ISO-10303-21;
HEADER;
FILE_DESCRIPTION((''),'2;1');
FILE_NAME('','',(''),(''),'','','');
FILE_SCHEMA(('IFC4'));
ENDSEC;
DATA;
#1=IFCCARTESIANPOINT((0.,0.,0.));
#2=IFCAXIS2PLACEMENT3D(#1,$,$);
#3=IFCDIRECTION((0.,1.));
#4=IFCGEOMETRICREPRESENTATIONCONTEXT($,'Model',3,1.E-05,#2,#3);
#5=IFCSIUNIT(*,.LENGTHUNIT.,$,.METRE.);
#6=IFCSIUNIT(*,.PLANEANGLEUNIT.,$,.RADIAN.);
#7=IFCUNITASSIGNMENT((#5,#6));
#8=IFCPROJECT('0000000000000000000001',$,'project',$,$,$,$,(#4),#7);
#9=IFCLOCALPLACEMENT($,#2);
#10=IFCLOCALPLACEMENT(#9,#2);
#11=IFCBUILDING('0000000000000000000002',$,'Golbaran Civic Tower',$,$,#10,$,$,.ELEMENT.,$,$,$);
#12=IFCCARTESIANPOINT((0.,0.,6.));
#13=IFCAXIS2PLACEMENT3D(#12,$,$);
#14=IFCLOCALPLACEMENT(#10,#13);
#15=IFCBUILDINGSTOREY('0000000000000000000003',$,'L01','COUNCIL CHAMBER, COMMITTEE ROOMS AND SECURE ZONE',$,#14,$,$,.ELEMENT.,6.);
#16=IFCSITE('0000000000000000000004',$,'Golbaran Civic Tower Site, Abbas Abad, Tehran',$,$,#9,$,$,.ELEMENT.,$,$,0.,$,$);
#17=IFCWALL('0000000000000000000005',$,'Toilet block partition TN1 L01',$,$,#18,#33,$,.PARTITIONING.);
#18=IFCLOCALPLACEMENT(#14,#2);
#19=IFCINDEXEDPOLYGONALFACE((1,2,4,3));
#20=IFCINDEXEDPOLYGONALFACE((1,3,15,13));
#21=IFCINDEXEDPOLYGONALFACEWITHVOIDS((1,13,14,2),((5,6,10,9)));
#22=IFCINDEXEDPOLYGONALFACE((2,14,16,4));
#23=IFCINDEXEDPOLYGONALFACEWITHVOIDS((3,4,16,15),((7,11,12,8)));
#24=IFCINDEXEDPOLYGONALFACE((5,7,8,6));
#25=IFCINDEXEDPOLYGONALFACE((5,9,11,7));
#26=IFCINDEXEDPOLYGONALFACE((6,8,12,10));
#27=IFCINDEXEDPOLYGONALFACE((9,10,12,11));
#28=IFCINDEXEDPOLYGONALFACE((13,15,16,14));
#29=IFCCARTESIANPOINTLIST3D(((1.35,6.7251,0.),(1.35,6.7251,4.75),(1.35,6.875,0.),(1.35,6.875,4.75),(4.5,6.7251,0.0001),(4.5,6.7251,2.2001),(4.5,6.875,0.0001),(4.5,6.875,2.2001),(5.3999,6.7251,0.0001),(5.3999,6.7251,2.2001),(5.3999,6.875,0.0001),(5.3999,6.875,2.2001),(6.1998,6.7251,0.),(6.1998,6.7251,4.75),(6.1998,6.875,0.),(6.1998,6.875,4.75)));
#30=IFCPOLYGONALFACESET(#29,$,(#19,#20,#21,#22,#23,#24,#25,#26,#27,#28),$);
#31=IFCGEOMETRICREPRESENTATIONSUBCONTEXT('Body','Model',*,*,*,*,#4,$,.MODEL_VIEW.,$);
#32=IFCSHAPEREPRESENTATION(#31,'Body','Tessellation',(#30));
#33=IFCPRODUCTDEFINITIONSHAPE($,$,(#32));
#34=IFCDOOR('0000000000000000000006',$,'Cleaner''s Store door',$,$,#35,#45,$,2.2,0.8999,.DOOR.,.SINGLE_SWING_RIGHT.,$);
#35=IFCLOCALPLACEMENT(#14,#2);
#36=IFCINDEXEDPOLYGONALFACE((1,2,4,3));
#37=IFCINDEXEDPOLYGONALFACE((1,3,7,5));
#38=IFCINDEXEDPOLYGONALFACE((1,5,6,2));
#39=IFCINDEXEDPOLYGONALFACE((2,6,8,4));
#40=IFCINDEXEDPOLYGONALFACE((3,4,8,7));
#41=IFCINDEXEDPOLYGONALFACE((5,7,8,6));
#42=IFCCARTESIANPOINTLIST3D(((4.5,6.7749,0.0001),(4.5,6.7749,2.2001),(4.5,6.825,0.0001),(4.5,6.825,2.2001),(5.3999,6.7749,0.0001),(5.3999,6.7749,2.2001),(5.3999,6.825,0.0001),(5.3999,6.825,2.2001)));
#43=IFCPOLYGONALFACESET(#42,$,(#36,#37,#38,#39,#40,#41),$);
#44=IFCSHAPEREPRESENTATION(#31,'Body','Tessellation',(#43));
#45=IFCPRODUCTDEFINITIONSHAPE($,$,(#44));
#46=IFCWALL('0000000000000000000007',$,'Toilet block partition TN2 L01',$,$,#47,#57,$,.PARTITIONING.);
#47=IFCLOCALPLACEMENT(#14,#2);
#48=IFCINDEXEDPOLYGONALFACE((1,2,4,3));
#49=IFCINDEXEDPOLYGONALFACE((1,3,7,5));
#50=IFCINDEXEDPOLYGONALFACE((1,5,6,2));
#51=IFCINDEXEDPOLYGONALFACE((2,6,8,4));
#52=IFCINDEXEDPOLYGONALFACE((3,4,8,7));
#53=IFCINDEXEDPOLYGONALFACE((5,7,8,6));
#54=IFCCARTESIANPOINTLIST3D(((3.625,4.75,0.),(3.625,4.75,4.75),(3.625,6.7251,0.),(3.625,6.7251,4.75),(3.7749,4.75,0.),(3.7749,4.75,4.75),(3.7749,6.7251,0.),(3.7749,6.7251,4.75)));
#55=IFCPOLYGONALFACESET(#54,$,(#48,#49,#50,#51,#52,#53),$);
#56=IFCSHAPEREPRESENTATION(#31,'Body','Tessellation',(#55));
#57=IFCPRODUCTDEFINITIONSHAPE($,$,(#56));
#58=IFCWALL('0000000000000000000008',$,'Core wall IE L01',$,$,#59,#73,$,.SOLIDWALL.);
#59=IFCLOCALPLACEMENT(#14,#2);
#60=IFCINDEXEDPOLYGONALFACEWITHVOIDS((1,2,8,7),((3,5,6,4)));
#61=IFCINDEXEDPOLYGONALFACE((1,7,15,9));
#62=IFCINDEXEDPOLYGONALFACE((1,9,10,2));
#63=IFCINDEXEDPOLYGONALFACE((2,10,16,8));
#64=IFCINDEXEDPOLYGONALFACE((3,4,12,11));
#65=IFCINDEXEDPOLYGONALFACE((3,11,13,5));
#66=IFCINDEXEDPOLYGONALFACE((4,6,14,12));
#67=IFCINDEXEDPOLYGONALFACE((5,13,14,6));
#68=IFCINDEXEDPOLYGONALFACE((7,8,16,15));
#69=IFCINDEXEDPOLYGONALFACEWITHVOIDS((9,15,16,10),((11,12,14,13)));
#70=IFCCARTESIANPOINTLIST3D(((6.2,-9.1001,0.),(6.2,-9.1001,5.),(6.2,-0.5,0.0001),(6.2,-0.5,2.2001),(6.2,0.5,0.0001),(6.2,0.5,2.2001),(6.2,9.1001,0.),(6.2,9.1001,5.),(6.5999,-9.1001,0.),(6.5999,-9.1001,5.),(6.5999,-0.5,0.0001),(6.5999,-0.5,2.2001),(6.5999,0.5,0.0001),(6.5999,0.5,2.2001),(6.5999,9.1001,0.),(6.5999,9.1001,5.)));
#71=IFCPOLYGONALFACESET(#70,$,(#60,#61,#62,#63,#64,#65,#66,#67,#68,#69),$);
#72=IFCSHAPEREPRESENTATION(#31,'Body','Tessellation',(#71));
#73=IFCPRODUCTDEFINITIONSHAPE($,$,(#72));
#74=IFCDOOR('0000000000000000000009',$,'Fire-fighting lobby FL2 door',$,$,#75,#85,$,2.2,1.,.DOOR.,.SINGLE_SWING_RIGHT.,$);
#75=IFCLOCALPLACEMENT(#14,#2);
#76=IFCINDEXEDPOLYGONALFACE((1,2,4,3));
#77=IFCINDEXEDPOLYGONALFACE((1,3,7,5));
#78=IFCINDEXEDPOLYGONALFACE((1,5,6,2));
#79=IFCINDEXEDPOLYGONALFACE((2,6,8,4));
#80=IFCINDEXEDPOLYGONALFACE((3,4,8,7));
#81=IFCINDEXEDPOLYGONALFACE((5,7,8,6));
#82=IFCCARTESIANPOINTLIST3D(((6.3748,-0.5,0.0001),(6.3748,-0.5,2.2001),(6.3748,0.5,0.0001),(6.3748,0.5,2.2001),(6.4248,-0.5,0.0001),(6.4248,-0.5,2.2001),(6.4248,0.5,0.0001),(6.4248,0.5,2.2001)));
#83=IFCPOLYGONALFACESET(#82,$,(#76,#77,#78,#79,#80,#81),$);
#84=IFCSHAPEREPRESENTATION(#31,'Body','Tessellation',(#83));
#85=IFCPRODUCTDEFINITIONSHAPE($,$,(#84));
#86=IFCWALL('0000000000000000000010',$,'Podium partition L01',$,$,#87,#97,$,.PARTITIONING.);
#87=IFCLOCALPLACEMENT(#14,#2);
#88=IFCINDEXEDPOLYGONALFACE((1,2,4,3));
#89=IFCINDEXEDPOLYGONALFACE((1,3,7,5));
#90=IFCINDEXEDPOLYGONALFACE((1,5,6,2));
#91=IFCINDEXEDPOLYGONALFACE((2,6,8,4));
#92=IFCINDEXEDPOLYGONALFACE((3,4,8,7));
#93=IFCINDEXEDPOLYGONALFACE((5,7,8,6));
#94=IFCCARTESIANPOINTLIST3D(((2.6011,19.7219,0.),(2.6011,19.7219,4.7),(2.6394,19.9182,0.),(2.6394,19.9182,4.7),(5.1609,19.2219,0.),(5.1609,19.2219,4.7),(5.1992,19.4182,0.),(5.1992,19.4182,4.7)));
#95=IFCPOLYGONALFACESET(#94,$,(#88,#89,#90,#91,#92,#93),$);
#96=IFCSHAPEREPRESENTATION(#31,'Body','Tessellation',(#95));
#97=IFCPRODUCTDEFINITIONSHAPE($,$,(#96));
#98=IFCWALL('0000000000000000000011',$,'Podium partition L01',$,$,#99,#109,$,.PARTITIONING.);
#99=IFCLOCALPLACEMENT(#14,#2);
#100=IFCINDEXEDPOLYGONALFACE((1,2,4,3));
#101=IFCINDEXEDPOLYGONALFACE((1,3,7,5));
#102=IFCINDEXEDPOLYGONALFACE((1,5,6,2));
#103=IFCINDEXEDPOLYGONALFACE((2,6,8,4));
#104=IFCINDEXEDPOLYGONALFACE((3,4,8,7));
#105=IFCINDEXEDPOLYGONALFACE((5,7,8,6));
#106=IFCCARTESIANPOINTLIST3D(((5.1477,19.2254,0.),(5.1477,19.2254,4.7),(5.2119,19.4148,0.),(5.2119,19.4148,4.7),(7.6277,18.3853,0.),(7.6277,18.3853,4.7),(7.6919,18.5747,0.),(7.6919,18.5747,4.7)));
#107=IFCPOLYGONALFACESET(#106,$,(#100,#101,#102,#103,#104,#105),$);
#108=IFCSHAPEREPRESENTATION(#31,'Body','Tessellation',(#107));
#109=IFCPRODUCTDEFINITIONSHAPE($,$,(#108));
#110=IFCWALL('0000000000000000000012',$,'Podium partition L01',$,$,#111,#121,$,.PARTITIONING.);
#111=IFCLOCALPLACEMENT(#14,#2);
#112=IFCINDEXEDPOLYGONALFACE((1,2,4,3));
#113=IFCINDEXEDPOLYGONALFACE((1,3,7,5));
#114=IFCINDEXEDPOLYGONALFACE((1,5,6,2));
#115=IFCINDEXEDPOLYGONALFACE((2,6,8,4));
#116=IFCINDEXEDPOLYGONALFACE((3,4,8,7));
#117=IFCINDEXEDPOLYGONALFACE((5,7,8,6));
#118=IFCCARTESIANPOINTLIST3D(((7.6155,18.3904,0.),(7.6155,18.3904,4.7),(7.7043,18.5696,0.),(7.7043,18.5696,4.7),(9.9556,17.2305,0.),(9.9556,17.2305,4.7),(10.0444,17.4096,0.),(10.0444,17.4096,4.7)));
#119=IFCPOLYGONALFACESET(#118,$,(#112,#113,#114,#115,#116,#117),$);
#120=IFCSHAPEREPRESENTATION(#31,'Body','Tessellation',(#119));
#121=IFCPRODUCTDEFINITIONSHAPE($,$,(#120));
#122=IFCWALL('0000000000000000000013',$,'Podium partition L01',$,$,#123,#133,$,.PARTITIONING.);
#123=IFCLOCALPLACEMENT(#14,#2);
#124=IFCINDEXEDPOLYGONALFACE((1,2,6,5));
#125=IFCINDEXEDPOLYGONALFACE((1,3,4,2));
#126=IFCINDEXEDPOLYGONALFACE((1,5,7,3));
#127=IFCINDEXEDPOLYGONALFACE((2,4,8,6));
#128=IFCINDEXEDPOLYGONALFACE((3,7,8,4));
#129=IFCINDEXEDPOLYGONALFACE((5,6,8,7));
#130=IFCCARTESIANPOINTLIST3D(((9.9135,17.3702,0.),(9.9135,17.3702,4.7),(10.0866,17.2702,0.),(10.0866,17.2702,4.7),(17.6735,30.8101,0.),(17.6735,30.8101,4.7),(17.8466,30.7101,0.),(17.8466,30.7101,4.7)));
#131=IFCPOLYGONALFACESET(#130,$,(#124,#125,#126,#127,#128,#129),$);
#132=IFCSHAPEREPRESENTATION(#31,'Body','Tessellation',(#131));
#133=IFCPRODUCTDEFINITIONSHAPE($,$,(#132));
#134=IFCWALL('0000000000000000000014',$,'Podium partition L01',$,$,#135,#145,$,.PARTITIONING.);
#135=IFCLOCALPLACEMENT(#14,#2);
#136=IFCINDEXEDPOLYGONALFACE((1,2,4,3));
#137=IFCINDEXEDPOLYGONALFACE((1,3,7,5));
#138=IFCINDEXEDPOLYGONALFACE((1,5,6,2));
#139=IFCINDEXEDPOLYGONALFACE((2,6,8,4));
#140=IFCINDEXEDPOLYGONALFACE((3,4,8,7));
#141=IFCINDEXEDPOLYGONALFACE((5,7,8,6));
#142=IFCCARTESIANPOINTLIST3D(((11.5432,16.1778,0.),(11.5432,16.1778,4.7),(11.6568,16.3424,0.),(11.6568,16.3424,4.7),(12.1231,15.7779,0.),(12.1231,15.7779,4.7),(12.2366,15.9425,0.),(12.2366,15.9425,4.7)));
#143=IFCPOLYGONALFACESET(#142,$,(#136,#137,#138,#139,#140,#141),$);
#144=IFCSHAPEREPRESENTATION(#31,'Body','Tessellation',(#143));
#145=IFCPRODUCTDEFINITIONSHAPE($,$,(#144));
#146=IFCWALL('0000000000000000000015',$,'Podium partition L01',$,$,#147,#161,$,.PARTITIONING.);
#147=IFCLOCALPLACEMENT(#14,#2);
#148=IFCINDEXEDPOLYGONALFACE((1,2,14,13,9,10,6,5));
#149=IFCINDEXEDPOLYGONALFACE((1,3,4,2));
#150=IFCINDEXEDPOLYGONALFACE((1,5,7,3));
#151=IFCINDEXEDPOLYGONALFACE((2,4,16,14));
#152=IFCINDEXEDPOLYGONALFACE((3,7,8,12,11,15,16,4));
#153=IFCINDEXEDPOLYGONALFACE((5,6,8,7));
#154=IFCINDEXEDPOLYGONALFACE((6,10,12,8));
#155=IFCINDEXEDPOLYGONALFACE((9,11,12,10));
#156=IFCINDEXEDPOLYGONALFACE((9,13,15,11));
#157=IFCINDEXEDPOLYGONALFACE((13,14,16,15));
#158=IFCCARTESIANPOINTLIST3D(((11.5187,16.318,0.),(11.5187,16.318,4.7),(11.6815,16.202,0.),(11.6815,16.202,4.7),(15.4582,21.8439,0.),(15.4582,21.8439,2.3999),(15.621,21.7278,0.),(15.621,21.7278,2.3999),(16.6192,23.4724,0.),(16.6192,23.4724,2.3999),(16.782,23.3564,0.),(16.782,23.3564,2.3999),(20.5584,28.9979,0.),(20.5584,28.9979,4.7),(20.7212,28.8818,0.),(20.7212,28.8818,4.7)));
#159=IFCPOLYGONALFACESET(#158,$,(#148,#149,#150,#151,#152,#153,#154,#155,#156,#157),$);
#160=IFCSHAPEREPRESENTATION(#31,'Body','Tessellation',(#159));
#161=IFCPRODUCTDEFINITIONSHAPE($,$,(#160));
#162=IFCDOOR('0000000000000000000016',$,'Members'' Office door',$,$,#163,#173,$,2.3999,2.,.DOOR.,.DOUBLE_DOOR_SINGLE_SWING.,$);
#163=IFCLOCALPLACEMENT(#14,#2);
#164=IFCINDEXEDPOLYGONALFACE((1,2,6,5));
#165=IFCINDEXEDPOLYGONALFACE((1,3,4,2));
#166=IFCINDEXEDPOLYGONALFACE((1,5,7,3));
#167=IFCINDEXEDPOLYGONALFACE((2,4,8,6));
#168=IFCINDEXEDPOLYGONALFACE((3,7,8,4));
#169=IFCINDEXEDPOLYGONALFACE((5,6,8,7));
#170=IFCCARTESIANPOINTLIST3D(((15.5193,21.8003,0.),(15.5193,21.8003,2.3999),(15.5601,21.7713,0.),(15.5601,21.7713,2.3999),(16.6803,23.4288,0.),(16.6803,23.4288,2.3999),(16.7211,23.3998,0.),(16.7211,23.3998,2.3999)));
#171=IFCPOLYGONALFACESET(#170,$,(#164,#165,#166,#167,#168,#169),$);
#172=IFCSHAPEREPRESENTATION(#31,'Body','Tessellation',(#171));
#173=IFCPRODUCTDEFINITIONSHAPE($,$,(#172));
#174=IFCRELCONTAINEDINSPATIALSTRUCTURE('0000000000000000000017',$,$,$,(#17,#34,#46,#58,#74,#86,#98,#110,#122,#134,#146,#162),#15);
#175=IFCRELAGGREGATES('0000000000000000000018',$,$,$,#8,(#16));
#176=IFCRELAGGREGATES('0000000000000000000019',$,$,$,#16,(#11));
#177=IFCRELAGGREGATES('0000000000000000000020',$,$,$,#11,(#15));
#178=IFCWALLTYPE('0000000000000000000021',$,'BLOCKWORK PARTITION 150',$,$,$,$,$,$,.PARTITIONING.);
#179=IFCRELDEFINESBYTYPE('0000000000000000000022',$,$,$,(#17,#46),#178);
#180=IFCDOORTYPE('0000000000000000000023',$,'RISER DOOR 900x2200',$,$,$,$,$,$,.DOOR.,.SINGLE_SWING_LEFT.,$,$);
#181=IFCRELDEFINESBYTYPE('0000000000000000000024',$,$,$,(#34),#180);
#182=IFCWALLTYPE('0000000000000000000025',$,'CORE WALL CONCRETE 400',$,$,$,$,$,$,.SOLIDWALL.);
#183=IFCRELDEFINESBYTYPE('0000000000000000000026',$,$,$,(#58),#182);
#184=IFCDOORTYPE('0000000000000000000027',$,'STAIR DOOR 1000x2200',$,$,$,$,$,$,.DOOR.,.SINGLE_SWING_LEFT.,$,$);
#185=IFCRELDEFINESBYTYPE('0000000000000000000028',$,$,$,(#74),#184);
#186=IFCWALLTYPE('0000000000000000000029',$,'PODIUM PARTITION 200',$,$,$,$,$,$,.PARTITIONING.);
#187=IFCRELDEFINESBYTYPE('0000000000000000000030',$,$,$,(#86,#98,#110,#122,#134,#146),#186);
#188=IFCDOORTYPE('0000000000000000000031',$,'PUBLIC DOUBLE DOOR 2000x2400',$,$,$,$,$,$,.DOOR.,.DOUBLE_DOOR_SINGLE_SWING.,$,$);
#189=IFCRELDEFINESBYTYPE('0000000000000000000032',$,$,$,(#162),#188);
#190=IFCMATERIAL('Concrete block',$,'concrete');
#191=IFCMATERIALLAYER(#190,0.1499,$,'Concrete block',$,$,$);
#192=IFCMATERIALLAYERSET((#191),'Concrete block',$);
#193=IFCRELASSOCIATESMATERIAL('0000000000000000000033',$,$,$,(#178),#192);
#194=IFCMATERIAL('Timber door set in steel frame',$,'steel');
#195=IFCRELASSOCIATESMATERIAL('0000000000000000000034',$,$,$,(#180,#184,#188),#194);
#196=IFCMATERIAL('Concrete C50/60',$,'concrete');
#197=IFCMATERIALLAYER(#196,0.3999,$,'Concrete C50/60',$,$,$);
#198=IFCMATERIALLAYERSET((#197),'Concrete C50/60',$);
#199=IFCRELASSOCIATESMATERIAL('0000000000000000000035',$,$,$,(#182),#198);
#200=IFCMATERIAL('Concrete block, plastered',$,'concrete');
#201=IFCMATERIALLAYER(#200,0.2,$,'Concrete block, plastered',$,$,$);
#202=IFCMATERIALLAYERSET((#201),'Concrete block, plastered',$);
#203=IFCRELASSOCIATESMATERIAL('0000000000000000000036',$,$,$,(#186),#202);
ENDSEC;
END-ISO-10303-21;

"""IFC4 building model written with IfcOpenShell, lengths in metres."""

from ifc_helpers import new_model, si_unit, direction, frame, frame_2d, origin, place, context, subcontext, project, spatial, rectangle, extrude, material, layer, layer_set, type_object, element, fill, save


model = new_model("IFC4")

# Units and contexts
model_context = context("Model", 3, precision=1e-05, world=origin(), true_north=direction((0.0, 1.0)))
body_context = subcontext(model_context, "Body", "Model", "MODEL_VIEW")
ifc_project = project(units=[si_unit("LENGTHUNIT", "METRE"), si_unit("PLANEANGLEUNIT", "RADIAN")], contexts=[model_context])

# Site, building, storey
site_placement = place(None, origin())
site = spatial("IfcSite", under=ifc_project, at=site_placement, Name="Golbaran Civic Tower Site, Abbas Abad, Tehran", CompositionType="ELEMENT", RefElevation=0.0)
building_placement = place(site_placement, origin())
building = spatial("IfcBuilding", under=site, at=building_placement, Name="Golbaran Civic Tower", CompositionType="ELEMENT")
storey_placement = place(building_placement, frame((0.0, 0.0, 6.0)))
storey = spatial("IfcBuildingStorey", under=building, at=storey_placement, Name="L01", Description="COUNCIL CHAMBER, COMMITTEE ROOMS AND SECURE ZONE", CompositionType="ELEMENT", Elevation=6.0)

# Wall, opening, door
ifc_material_1 = material(Name="Concrete block", Category="concrete")
ifc_layer_1 = layer(ifc_material_1, 0.1499, Name="Concrete block")
ifc_layer_set_1 = layer_set([ifc_layer_1], Name="Concrete block")
wall_type_1 = type_object("IfcWallType", Name="BLOCKWORK PARTITION 150", PredefinedType="PARTITIONING", material=ifc_layer_set_1)
wall_1_placement = place(storey_placement, frame((1.3501, 6.8, 0.0), z_axis=(0.0, 0.0, 1.0), x_axis=(1.0, 0.0, 0.0)))
wall_1 = element("IfcWall", 1, at=wall_1_placement, inside=storey, type_object=wall_type_1, Name="Toilet block partition TN1 L01", PredefinedType="PARTITIONING", context=body_context, shape_type="SweptSolid", body=[
    extrude(rectangle(XDim=4.8499, YDim=0.1499, at=frame_2d((2.4248, 0.0))), origin(), (0.0, 0.0, 1.0), 4.75),
])
opening_1_placement = place(wall_1_placement, frame((3.1499, 0.0, 0.0)))
opening_1 = element("IfcOpeningElement", 2, at=opening_1_placement, cuts=wall_1, PredefinedType="OPENING", context=body_context, shape_type="SweptSolid", body=[
    extrude(rectangle(XDim=0.8999, YDim=2.2, at=frame_2d((0.45, 1.1001))), frame((0.0, 0.085, 0.0), z_axis=(0.0, -1.0, 0.0), x_axis=(1.0, 0.0, 0.0)), (0.0, 0.0, 1.0), 0.1699),
])
ifc_material_2 = material(Name="Timber door set in steel frame", Category="steel")
door_type_1 = type_object("IfcDoorType", Name="RISER DOOR 900x2200", OperationType="SINGLE_SWING_LEFT", PredefinedType="DOOR", material=ifc_material_2)
door_1_placement = place(opening_1_placement, origin())
door_1 = element("IfcDoor", 3, at=door_1_placement, inside=storey, type_object=door_type_1, Name="Cleaner's Store door", OperationType="SINGLE_SWING_RIGHT", OverallHeight=2.2, OverallWidth=0.8999, PredefinedType="DOOR", context=body_context, shape_type="SweptSolid", body=[
    extrude(rectangle(XDim=0.8999, YDim=2.2, at=frame_2d((0.45, 1.1001))), frame((0.0, 0.0249, 0.0), z_axis=(0.0, -1.0, 0.0), x_axis=(1.0, 0.0, 0.0)), (0.0, 0.0, 1.0), 0.05),
])
fill(opening_1, door_1)

# Wall
wall_2_placement = place(storey_placement, frame((3.7, 4.75, 0.0), z_axis=(0.0, 0.0, 1.0), x_axis=(0.0, 1.0, 0.0)))
element("IfcWall", 4, at=wall_2_placement, inside=storey, type_object=wall_type_1, Name="Toilet block partition TN2 L01", PredefinedType="PARTITIONING", context=body_context, shape_type="SweptSolid", body=[
    extrude(rectangle(XDim=1.9751, YDim=0.1499, at=frame_2d((0.9875, 0.0))), origin(), (0.0, 0.0, 1.0), 4.75),
])

# Wall, opening, door
ifc_material_3 = material(Name="Concrete C50/60", Category="concrete")
ifc_layer_2 = layer(ifc_material_3, 0.3999, Name="Concrete C50/60")
ifc_layer_set_2 = layer_set([ifc_layer_2], Name="Concrete C50/60")
wall_type_2 = type_object("IfcWallType", Name="CORE WALL CONCRETE 400", PredefinedType="SOLIDWALL", material=ifc_layer_set_2)
wall_3_placement = place(storey_placement, frame((6.3999, 9.1001, 0.0), z_axis=(0.0, 0.0, 1.0), x_axis=(0.0, -1.0, 0.0)))
wall_3 = element("IfcWall", 5, at=wall_3_placement, inside=storey, type_object=wall_type_2, Name="Core wall IE L01", PredefinedType="SOLIDWALL", context=body_context, shape_type="SweptSolid", body=[
    extrude(rectangle(XDim=18.2002, YDim=0.3999, at=frame_2d((9.1001, 0.0))), origin(), (0.0, 0.0, 1.0), 5.0),
])
opening_2_placement = place(wall_3_placement, frame((8.6001, 0.0, 0.0)))
opening_2 = element("IfcOpeningElement", 6, at=opening_2_placement, cuts=wall_3, PredefinedType="OPENING", context=body_context, shape_type="SweptSolid", body=[
    extrude(rectangle(XDim=1.0, YDim=2.2, at=frame_2d((0.5, 1.1001))), frame((0.0, 0.21, 0.0), z_axis=(0.0, -1.0, 0.0), x_axis=(1.0, 0.0, 0.0)), (0.0, 0.0, 1.0), 0.4199),
])
door_type_2 = type_object("IfcDoorType", Name="STAIR DOOR 1000x2200", OperationType="SINGLE_SWING_LEFT", PredefinedType="DOOR", material=ifc_material_2)
door_2_placement = place(opening_2_placement, origin())
door_2 = element("IfcDoor", 7, at=door_2_placement, inside=storey, type_object=door_type_2, Name="Fire-fighting lobby FL2 door", OperationType="SINGLE_SWING_RIGHT", OverallHeight=2.2, OverallWidth=1.0, PredefinedType="DOOR", context=body_context, shape_type="SweptSolid", body=[
    extrude(rectangle(XDim=1.0, YDim=2.2, at=frame_2d((0.5, 1.1001))), frame((0.0, 0.0249, 0.0), z_axis=(0.0, -1.0, 0.0), x_axis=(1.0, 0.0, 0.0)), (0.0, 0.0, 1.0), 0.05),
])
fill(opening_2, door_2)

# Walls
ifc_material_4 = material(Name="Concrete block, plastered", Category="concrete")
ifc_layer_3 = layer(ifc_material_4, 0.2, Name="Concrete block, plastered")
ifc_layer_set_3 = layer_set([ifc_layer_3], Name="Concrete block, plastered")
wall_type_3 = type_object("IfcWallType", Name="PODIUM PARTITION 200", PredefinedType="PARTITIONING", material=ifc_layer_set_3)
wall_4_placement = place(storey_placement, frame((2.6201, 19.8201, 0.0), z_axis=(0.0, 0.0, 1.0), x_axis=(0.981453, -0.191704, 0.0)))
element("IfcWall", 8, at=wall_4_placement, inside=storey, type_object=wall_type_3, Name="Podium partition L01", PredefinedType="PARTITIONING", context=body_context, shape_type="SweptSolid", body=[
    extrude(rectangle(XDim=2.6082, YDim=0.2, at=frame_2d((1.3042, 0.0))), origin(), (0.0, 0.0, 1.0), 4.7),
])
wall_5_placement = place(storey_placement, frame((5.1799, 19.3201, 0.0), z_axis=(0.0, 0.0, 1.0), x_axis=(0.947134, -0.320839, 0.0)))
element("IfcWall", 9, at=wall_5_placement, inside=storey, type_object=wall_type_3, Name="Podium partition L01", PredefinedType="PARTITIONING", context=body_context, shape_type="SweptSolid", body=[
    extrude(rectangle(XDim=2.6184, YDim=0.2, at=frame_2d((1.3091, 0.0))), origin(), (0.0, 0.0, 1.0), 4.7),
])
wall_6_placement = place(storey_placement, frame((7.6599, 18.48, 0.0), z_axis=(0.0, 0.0, 1.0), x_axis=(0.895974, -0.444107, 0.0)))
element("IfcWall", 10, at=wall_6_placement, inside=storey, type_object=wall_type_3, Name="Podium partition L01", PredefinedType="PARTITIONING", context=body_context, shape_type="SweptSolid", body=[
    extrude(rectangle(XDim=2.6118, YDim=0.2, at=frame_2d((1.3059, 0.0))), origin(), (0.0, 0.0, 1.0), 4.7),
])
wall_7_placement = place(storey_placement, frame((10.0, 17.3201, 0.0), z_axis=(0.0, 0.0, 1.0), x_axis=(0.500022, 0.866013, 0.0)))
element("IfcWall", 11, at=wall_7_placement, inside=storey, type_object=wall_type_3, Name="Podium partition L01", PredefinedType="PARTITIONING", context=body_context, shape_type="SweptSolid", body=[
    extrude(rectangle(XDim=15.5193, YDim=0.2, at=frame_2d((7.7598, 0.0))), origin(), (0.0, 0.0, 1.0), 4.7),
])
wall_8_placement = place(storey_placement, frame((11.6001, 16.26, 0.0), z_axis=(0.0, 0.0, 1.0), x_axis=(0.823202, -0.567749, 0.0)))
element("IfcWall", 12, at=wall_8_placement, inside=storey, type_object=wall_type_3, Name="Podium partition L01", PredefinedType="PARTITIONING", context=body_context, shape_type="SweptSolid", body=[
    extrude(rectangle(XDim=0.7043, YDim=0.2, at=frame_2d((0.3521, 0.0))), origin(), (0.0, 0.0, 1.0), 4.7),
])

# Wall, opening, door
wall_9_placement = place(storey_placement, frame((11.6001, 16.26, 0.0), z_axis=(0.0, 0.0, 1.0), x_axis=(0.580502, 0.814259, 0.0)))
wall_9 = element("IfcWall", 13, at=wall_9_placement, inside=storey, type_object=wall_type_3, Name="Podium partition L01", PredefinedType="PARTITIONING", context=body_context, shape_type="SweptSolid", body=[
    extrude(rectangle(XDim=15.5723, YDim=0.2, at=frame_2d((7.7861, 0.0))), origin(), (0.0, 0.0, 1.0), 4.7),
])
opening_3_placement = place(wall_9_placement, frame((6.7864, 0.0, 0.0)))
opening_3 = element("IfcOpeningElement", 14, at=opening_3_placement, cuts=wall_9, PredefinedType="OPENING", context=body_context, shape_type="SweptSolid", body=[
    extrude(rectangle(XDim=2.0, YDim=2.3999, at=frame_2d((1.0, 1.2))), frame((0.0, 0.1099, 0.0), z_axis=(0.0, -1.0, 0.0), x_axis=(1.0, 0.0, 0.0)), (0.0, 0.0, 1.0), 0.22),
])
door_type_3 = type_object("IfcDoorType", Name="PUBLIC DOUBLE DOOR 2000x2400", OperationType="DOUBLE_DOOR_SINGLE_SWING", PredefinedType="DOOR", material=ifc_material_2)
door_3_placement = place(opening_3_placement, origin())
door_3 = element("IfcDoor", 15, at=door_3_placement, inside=storey, type_object=door_type_3, Name="Members' Office door", OperationType="DOUBLE_DOOR_SINGLE_SWING", OverallHeight=2.3999, OverallWidth=2.0, PredefinedType="DOOR", context=body_context, shape_type="SweptSolid", body=[
    extrude(rectangle(XDim=2.0, YDim=2.3999, at=frame_2d((1.0, 1.2))), frame((0.0, 0.0249, 0.0), z_axis=(0.0, -1.0, 0.0), x_axis=(1.0, 0.0, 0.0)), (0.0, 0.0, 1.0), 0.05),
])
fill(opening_3, door_3)

save(model, "model.ifc")
